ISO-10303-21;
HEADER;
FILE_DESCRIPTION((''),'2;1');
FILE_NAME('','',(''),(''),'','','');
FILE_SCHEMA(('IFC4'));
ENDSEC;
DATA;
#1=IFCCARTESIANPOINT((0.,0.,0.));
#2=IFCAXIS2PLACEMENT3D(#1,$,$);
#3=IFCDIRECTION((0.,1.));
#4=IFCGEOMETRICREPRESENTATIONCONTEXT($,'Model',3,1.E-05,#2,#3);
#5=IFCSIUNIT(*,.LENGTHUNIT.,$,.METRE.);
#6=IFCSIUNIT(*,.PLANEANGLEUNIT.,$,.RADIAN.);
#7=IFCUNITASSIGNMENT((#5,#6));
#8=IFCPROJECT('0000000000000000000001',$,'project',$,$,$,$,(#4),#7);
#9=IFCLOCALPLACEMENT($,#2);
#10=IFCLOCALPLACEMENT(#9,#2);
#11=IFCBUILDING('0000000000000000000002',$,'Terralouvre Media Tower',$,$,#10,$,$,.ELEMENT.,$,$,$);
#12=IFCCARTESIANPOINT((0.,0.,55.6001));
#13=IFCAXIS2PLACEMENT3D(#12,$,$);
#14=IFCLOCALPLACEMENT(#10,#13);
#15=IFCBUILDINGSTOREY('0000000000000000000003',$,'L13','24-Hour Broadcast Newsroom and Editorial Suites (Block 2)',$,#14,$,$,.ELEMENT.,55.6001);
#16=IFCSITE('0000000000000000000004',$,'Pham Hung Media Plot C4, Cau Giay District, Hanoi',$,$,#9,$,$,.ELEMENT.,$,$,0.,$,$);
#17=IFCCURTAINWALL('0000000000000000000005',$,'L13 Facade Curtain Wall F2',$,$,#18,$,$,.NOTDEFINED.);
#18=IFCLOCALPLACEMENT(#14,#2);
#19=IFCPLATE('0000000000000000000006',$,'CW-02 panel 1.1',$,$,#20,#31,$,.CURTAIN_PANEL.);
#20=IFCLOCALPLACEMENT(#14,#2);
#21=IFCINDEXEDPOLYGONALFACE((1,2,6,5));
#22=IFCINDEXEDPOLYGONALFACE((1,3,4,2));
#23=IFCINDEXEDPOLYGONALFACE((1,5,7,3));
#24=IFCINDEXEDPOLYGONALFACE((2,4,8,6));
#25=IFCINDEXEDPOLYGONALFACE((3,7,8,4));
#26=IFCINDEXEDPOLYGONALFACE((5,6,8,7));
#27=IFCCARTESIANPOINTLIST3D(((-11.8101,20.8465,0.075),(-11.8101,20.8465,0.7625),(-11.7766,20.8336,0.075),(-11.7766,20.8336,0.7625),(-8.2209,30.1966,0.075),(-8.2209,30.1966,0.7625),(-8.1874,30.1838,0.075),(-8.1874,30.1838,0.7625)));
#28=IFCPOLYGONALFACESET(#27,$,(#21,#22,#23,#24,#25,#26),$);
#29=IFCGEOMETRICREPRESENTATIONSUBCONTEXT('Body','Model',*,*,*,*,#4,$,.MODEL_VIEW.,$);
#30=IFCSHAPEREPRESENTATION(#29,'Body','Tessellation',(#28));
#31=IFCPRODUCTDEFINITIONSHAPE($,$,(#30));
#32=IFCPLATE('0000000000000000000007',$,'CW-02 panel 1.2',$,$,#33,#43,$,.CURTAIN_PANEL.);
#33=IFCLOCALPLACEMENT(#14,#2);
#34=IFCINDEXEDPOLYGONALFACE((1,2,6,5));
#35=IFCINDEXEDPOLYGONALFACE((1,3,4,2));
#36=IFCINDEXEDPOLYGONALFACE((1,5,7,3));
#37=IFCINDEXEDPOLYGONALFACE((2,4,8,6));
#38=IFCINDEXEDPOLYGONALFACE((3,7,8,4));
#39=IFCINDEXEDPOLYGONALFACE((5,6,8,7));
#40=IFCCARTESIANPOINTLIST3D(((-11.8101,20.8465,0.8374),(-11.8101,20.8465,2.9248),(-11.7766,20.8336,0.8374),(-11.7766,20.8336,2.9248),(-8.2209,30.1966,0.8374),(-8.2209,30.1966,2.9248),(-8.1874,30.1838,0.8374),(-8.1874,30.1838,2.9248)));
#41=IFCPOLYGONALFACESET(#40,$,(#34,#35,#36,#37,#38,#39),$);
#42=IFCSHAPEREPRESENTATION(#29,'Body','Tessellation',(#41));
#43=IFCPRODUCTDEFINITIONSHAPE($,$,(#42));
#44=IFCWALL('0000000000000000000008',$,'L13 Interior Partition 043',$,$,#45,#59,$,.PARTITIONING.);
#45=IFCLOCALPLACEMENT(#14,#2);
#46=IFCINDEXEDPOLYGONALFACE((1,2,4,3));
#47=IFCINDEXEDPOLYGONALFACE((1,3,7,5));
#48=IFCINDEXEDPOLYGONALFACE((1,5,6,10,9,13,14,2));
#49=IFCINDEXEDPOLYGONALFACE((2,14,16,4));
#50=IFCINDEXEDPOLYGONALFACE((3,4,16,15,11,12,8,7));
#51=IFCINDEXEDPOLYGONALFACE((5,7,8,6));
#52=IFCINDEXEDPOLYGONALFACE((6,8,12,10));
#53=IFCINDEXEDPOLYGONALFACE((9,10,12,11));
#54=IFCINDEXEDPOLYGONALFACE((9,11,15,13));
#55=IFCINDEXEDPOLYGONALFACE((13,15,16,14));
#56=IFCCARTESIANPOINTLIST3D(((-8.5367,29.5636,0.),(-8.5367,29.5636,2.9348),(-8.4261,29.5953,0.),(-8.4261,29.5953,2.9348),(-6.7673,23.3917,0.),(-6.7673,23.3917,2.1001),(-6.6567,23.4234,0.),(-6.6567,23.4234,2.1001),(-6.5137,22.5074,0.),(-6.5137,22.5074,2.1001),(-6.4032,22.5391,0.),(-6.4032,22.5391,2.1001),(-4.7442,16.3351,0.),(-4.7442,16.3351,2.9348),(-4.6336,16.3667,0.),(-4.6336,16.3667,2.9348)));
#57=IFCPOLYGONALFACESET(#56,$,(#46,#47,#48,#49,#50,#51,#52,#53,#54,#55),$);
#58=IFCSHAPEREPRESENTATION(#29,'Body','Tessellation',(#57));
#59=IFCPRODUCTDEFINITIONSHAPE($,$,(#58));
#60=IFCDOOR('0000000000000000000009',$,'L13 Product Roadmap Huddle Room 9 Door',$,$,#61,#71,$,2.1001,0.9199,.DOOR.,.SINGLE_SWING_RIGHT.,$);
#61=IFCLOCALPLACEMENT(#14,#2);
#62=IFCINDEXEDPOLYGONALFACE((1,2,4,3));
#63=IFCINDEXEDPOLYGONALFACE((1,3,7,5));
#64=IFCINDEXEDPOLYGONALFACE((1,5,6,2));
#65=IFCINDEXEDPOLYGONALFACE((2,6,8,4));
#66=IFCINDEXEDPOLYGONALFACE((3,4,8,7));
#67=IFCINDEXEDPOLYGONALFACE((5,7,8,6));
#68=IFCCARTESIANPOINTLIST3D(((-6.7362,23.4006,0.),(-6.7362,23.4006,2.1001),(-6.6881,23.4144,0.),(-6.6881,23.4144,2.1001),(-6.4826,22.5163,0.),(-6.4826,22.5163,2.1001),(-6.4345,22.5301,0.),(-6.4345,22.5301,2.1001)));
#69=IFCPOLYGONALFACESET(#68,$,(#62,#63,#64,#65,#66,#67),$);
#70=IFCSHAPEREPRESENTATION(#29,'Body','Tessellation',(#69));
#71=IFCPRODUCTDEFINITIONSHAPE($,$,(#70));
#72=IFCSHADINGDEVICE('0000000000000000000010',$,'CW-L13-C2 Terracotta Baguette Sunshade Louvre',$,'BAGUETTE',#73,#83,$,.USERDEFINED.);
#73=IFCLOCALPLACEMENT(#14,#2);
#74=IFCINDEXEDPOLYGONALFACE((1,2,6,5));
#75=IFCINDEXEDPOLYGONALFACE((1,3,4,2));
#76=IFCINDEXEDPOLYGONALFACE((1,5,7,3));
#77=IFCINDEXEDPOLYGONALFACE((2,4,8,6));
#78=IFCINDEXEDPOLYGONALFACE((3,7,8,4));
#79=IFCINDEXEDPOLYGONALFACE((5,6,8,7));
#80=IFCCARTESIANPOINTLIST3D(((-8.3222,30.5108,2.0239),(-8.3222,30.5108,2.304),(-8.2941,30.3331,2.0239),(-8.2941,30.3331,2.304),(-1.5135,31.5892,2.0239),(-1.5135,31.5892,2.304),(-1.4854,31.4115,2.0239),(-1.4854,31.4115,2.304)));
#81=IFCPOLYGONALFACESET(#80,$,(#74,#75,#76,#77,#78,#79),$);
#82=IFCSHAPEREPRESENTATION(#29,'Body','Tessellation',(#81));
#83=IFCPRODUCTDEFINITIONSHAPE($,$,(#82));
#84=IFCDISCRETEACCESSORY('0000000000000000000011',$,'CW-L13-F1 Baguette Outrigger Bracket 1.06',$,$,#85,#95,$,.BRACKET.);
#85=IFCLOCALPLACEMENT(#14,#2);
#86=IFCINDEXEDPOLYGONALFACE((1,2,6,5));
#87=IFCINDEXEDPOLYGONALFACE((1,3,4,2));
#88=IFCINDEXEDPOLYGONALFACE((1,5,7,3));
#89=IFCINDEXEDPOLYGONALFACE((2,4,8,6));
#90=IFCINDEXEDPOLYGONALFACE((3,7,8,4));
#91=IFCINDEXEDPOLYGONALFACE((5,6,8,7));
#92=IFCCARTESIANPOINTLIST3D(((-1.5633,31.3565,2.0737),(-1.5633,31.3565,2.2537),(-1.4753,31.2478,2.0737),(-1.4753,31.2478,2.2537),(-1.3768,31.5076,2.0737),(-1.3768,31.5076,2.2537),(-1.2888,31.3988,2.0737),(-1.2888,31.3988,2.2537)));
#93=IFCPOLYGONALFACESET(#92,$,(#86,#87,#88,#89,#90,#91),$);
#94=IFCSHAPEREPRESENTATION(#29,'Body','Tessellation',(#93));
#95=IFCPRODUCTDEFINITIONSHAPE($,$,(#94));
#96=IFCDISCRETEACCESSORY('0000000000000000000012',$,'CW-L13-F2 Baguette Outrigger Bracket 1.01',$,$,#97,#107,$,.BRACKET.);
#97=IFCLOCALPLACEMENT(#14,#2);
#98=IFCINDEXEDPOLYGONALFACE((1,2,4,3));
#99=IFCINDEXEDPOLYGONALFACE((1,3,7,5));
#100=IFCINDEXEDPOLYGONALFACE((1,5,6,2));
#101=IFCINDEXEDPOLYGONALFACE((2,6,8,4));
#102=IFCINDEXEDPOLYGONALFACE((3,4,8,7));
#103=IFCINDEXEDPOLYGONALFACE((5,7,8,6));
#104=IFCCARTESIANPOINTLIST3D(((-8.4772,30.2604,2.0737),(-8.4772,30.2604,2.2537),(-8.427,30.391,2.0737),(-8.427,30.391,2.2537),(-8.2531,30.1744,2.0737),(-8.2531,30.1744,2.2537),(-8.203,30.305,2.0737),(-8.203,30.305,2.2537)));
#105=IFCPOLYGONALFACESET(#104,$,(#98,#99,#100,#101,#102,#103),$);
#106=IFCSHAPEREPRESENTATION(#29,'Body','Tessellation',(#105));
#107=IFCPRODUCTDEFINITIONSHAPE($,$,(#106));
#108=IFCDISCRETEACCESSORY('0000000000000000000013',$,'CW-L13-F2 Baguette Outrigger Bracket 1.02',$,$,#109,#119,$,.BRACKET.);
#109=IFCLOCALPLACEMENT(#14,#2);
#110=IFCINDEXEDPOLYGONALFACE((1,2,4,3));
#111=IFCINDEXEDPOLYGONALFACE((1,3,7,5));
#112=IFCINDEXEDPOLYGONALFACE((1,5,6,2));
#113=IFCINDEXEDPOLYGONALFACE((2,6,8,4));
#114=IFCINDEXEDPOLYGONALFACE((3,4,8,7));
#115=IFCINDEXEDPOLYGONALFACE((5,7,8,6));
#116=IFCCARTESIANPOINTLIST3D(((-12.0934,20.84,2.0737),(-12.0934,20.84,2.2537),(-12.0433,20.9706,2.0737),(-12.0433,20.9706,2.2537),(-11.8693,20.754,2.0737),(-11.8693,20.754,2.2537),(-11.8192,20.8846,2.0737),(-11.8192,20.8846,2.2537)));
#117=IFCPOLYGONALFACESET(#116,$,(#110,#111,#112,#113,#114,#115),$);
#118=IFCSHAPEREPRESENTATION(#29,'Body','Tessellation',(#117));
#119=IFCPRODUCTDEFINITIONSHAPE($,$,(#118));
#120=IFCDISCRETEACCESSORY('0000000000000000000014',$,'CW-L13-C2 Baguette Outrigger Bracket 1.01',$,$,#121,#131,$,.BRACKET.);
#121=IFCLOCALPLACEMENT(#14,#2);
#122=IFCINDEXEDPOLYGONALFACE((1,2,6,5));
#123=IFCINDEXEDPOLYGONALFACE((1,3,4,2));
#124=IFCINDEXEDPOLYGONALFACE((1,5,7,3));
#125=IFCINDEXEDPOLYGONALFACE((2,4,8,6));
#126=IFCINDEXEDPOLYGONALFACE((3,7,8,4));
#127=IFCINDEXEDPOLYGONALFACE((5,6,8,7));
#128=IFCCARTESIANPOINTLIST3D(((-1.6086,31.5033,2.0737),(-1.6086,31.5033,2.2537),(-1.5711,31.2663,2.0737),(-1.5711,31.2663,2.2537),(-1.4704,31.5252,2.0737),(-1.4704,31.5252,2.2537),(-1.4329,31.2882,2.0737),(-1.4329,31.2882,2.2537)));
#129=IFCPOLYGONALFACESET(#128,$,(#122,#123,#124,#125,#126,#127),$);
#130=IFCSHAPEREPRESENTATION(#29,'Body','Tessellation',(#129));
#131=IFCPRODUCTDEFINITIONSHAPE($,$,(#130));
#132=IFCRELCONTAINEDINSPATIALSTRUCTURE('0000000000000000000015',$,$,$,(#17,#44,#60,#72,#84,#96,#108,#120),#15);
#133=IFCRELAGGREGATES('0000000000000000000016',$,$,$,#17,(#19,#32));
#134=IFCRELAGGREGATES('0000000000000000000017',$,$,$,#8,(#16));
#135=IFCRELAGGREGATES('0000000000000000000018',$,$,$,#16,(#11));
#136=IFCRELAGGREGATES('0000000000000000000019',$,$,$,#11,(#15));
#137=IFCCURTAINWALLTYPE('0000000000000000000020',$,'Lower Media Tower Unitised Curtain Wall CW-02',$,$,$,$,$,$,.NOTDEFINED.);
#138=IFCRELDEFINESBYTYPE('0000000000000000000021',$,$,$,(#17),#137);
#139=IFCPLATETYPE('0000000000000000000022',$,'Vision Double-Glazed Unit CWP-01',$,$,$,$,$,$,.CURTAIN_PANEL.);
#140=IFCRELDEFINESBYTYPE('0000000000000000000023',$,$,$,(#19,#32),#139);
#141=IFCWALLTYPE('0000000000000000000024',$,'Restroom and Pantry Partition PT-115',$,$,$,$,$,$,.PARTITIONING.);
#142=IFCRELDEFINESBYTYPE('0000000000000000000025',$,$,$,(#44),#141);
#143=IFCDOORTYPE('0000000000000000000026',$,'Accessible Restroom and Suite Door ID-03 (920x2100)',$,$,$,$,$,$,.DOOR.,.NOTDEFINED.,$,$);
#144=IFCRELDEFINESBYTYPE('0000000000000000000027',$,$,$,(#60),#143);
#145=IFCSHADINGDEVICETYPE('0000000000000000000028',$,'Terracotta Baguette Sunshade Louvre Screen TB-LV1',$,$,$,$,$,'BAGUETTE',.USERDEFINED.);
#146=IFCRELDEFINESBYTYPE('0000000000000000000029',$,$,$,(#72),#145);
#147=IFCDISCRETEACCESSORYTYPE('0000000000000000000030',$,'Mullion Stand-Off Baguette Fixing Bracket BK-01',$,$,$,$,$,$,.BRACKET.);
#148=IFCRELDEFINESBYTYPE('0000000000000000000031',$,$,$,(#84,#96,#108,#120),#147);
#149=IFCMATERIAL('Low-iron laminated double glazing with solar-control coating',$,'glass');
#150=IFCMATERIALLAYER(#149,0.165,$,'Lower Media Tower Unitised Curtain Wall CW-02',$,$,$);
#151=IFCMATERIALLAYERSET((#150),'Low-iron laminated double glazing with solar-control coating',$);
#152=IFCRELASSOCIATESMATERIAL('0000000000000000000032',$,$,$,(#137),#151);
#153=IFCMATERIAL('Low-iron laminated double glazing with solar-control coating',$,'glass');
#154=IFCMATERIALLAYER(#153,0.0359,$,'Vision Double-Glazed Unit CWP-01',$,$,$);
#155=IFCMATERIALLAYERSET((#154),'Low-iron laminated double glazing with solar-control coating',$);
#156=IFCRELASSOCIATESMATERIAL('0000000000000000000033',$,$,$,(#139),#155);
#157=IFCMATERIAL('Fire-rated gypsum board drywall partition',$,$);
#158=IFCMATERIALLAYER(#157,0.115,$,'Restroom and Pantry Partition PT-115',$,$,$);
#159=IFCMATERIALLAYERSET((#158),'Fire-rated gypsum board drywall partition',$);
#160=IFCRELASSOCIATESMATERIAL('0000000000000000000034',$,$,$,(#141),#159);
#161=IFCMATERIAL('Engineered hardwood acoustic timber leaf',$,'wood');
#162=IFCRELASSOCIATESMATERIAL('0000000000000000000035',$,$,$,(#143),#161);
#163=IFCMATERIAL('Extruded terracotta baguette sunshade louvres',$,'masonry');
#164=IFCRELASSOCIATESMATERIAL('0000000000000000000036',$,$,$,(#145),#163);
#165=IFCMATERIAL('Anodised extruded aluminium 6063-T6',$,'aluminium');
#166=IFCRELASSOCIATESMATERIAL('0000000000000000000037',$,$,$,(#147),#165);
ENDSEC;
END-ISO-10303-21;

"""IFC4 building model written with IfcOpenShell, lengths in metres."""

from ifc_helpers import new_model, si_unit, direction, frame, frame_2d, origin, origin_2d, place, context, subcontext, project, spatial, rectangle, extrude, material, layer, layer_set, type_object, element, fill, aggregate, save


model = new_model("IFC4")

# Units and contexts
model_context = context("Model", 3, precision=1e-05, world=origin(), true_north=direction((0.0, 1.0)))
body_context = subcontext(model_context, "Body", "Model", "MODEL_VIEW")
ifc_project = project(units=[si_unit("LENGTHUNIT", "METRE"), si_unit("PLANEANGLEUNIT", "RADIAN")], contexts=[model_context])

# Site, building, storey
site_placement = place(None, origin())
site = spatial("IfcSite", under=ifc_project, at=site_placement, Name="Pham Hung Media Plot C4, Cau Giay District, Hanoi", CompositionType="ELEMENT", RefElevation=0.0)
building_placement = place(site_placement, origin())
building = spatial("IfcBuilding", under=site, at=building_placement, Name="Terralouvre Media Tower", CompositionType="ELEMENT")
storey_placement = place(building_placement, frame((0.0, 0.0, 55.6001)))
storey = spatial("IfcBuildingStorey", under=building, at=storey_placement, Name="L13", Description="24-Hour Broadcast Newsroom and Editorial Suites (Block 2)", CompositionType="ELEMENT", Elevation=55.6001)

# Curtain wall
ifc_material_1 = material(Name="Low-iron laminated double glazing with solar-control coating", Category="glass")
ifc_layer_1 = layer(ifc_material_1, 0.165, Name="Lower Media Tower Unitised Curtain Wall CW-02")
ifc_layer_set_1 = layer_set([ifc_layer_1], Name="Low-iron laminated double glazing with solar-control coating")
curtain_wall_type_1 = type_object("IfcCurtainWallType", Name="Lower Media Tower Unitised Curtain Wall CW-02", PredefinedType="NOTDEFINED", material=ifc_layer_set_1)
curtain_wall_1_placement = place(storey_placement, origin())
curtain_wall_1 = element("IfcCurtainWall", 1, at=curtain_wall_1_placement, inside=storey, type_object=curtain_wall_type_1, Name="L13 Facade Curtain Wall F2", PredefinedType="NOTDEFINED")

# Plates
ifc_material_2 = material(Name="Low-iron laminated double glazing with solar-control coating", Category="glass")
ifc_layer_2 = layer(ifc_material_2, 0.0359, Name="Vision Double-Glazed Unit CWP-01")
ifc_layer_set_2 = layer_set([ifc_layer_2], Name="Low-iron laminated double glazing with solar-control coating")
plate_type_1 = type_object("IfcPlateType", Name="Vision Double-Glazed Unit CWP-01", PredefinedType="CURTAIN_PANEL", material=ifc_layer_set_2)
plate_1_placement = place(storey_placement, frame((-9.9988, 25.5151, 0.075), z_axis=(0.0, 0.0, 1.0), x_axis=(-0.358368, -0.93358, 0.0)))
plate_1 = element("IfcPlate", 2, at=plate_1_placement, type_object=plate_type_1, Name="CW-02 panel 1.1", PredefinedType="CURTAIN_PANEL", context=body_context, shape_type="SweptSolid", body=[
    extrude(rectangle(XDim=10.0154, YDim=0.0359, at=origin_2d()), origin(), (0.0, 0.0, 1.0), 0.6875),
])
plate_2_placement = place(storey_placement, frame((-9.9988, 25.5151, 0.8374), z_axis=(0.0, 0.0, 1.0), x_axis=(-0.358368, -0.93358, 0.0)))
plate_2 = element("IfcPlate", 3, at=plate_2_placement, type_object=plate_type_1, Name="CW-02 panel 1.2", PredefinedType="CURTAIN_PANEL", context=body_context, shape_type="SweptSolid", body=[
    extrude(rectangle(XDim=10.0154, YDim=0.0359, at=origin_2d()), origin(), (0.0, 0.0, 1.0), 2.0874),
])
aggregate(curtain_wall_1, [plate_1, plate_2])

# Wall, opening, door
ifc_material_3 = material(Name="Fire-rated gypsum board drywall partition")
ifc_layer_3 = layer(ifc_material_3, 0.115, Name="Restroom and Pantry Partition PT-115")
ifc_layer_set_3 = layer_set([ifc_layer_3], Name="Fire-rated gypsum board drywall partition")
wall_type = type_object("IfcWallType", Name="Restroom and Pantry Partition PT-115", PredefinedType="PARTITIONING", material=ifc_layer_set_3)
wall_placement = place(storey_placement, frame((-8.4814, 29.5796, 0.0), z_axis=(0.0, 0.0, 1.0), x_axis=(0.275588, -0.961276, 0.0)))
wall = element("IfcWall", 4, at=wall_placement, inside=storey, type_object=wall_type, Name="L13 Interior Partition 043", PredefinedType="PARTITIONING", context=body_context, shape_type="SweptSolid", body=[
    extrude(rectangle(XDim=13.7615, YDim=0.115, at=frame_2d((6.8809, 0.0))), origin(), (0.0, 0.0, 1.0), 2.9348),
])
opening_placement = place(wall_placement, frame((6.4207, 0.0, 0.0)))
opening = element("IfcOpeningElement", 5, at=opening_placement, cuts=wall, PredefinedType="OPENING", context=body_context, shape_type="SweptSolid", body=[
    extrude(rectangle(XDim=0.9199, YDim=2.1001, at=frame_2d((0.46, 1.05))), frame((0.0, 0.0674, 0.0), z_axis=(0.0, -1.0, 0.0), x_axis=(1.0, 0.0, 0.0)), (0.0, 0.0, 1.0), 0.135),
])
ifc_material_4 = material(Name="Engineered hardwood acoustic timber leaf", Category="wood")
door_type = type_object("IfcDoorType", Name="Accessible Restroom and Suite Door ID-03 (920x2100)", OperationType="NOTDEFINED", PredefinedType="DOOR", material=ifc_material_4)
door_placement = place(opening_placement, origin())
door = element("IfcDoor", 6, at=door_placement, inside=storey, type_object=door_type, Name="L13 Product Roadmap Huddle Room 9 Door", OperationType="SINGLE_SWING_RIGHT", OverallHeight=2.1001, OverallWidth=0.9199, PredefinedType="DOOR", context=body_context, shape_type="SweptSolid", body=[
    extrude(rectangle(XDim=0.9199, YDim=2.1001, at=frame_2d((0.46, 1.05))), frame((0.0, 0.0249, 0.0), z_axis=(0.0, -1.0, 0.0), x_axis=(1.0, 0.0, 0.0)), (0.0, 0.0, 1.0), 0.05),
])
fill(opening, door)

# Shading device
ifc_material_5 = material(Name="Extruded terracotta baguette sunshade louvres", Category="masonry")
shading_device_type = type_object("IfcShadingDeviceType", Name="Terracotta Baguette Sunshade Louvre Screen TB-LV1", ElementType="BAGUETTE", PredefinedType="USERDEFINED", material=ifc_material_5)
shading_device_placement = place(storey_placement, frame((-4.9038, 30.9612, 2.0239), z_axis=(0.0, 0.0, 1.0), x_axis=(-0.987688, -0.156434, 0.0)))
element("IfcShadingDevice", 7, at=shading_device_placement, inside=storey, type_object=shading_device_type, Name="CW-L13-C2 Terracotta Baguette Sunshade Louvre", ObjectType="BAGUETTE", PredefinedType="USERDEFINED", context=body_context, shape_type="SweptSolid", body=[
    extrude(rectangle(XDim=6.8936, YDim=0.1799, at=origin_2d()), origin(), (0.0, 0.0, 1.0), 0.28),
])

# Discrete accessories
ifc_material_6 = material(Name="Anodised extruded aluminium 6063-T6", Category="aluminium")
discrete_accessory_type = type_object("IfcDiscreteAccessoryType", Name="Mullion Stand-Off Baguette Fixing Bracket BK-01", PredefinedType="BRACKET", material=ifc_material_6)
for number, where, z_axis, x_axis, name in (
    (8, (-1.426, 31.3777, 2.0737), (0.0, 0.0, 1.0), (-0.62932, 0.777146, 0.0), "CW-L13-F1 Baguette Outrigger Bracket 1.06"),
    (9, (-8.3401, 30.2827, 2.0737), (0.0, 0.0, 1.0), (-0.358368, -0.93358, 0.0), "CW-L13-F2 Baguette Outrigger Bracket 1.01"),
    (10, (-11.9563, 20.8623, 2.0737), (0.0, 0.0, 1.0), (-0.358368, -0.93358, 0.0), "CW-L13-F2 Baguette Outrigger Bracket 1.02"),
    (11, (-1.5208, 31.3958, 2.0737), (0.0, 0.0, 1.0), (-0.987688, -0.156434, 0.0), "CW-L13-C2 Baguette Outrigger Bracket 1.01"),
):
    element("IfcDiscreteAccessory", number, at=place(storey_placement, frame(where, z_axis=z_axis, x_axis=x_axis)), inside=storey, type_object=discrete_accessory_type, Name=name, PredefinedType="BRACKET", context=body_context, shape_type="SweptSolid", body=[
        extrude(rectangle(XDim=0.1399, YDim=0.24, at=origin_2d()), origin(), (0.0, 0.0, 1.0), 0.1799),
    ])

save(model, "model.ifc")
